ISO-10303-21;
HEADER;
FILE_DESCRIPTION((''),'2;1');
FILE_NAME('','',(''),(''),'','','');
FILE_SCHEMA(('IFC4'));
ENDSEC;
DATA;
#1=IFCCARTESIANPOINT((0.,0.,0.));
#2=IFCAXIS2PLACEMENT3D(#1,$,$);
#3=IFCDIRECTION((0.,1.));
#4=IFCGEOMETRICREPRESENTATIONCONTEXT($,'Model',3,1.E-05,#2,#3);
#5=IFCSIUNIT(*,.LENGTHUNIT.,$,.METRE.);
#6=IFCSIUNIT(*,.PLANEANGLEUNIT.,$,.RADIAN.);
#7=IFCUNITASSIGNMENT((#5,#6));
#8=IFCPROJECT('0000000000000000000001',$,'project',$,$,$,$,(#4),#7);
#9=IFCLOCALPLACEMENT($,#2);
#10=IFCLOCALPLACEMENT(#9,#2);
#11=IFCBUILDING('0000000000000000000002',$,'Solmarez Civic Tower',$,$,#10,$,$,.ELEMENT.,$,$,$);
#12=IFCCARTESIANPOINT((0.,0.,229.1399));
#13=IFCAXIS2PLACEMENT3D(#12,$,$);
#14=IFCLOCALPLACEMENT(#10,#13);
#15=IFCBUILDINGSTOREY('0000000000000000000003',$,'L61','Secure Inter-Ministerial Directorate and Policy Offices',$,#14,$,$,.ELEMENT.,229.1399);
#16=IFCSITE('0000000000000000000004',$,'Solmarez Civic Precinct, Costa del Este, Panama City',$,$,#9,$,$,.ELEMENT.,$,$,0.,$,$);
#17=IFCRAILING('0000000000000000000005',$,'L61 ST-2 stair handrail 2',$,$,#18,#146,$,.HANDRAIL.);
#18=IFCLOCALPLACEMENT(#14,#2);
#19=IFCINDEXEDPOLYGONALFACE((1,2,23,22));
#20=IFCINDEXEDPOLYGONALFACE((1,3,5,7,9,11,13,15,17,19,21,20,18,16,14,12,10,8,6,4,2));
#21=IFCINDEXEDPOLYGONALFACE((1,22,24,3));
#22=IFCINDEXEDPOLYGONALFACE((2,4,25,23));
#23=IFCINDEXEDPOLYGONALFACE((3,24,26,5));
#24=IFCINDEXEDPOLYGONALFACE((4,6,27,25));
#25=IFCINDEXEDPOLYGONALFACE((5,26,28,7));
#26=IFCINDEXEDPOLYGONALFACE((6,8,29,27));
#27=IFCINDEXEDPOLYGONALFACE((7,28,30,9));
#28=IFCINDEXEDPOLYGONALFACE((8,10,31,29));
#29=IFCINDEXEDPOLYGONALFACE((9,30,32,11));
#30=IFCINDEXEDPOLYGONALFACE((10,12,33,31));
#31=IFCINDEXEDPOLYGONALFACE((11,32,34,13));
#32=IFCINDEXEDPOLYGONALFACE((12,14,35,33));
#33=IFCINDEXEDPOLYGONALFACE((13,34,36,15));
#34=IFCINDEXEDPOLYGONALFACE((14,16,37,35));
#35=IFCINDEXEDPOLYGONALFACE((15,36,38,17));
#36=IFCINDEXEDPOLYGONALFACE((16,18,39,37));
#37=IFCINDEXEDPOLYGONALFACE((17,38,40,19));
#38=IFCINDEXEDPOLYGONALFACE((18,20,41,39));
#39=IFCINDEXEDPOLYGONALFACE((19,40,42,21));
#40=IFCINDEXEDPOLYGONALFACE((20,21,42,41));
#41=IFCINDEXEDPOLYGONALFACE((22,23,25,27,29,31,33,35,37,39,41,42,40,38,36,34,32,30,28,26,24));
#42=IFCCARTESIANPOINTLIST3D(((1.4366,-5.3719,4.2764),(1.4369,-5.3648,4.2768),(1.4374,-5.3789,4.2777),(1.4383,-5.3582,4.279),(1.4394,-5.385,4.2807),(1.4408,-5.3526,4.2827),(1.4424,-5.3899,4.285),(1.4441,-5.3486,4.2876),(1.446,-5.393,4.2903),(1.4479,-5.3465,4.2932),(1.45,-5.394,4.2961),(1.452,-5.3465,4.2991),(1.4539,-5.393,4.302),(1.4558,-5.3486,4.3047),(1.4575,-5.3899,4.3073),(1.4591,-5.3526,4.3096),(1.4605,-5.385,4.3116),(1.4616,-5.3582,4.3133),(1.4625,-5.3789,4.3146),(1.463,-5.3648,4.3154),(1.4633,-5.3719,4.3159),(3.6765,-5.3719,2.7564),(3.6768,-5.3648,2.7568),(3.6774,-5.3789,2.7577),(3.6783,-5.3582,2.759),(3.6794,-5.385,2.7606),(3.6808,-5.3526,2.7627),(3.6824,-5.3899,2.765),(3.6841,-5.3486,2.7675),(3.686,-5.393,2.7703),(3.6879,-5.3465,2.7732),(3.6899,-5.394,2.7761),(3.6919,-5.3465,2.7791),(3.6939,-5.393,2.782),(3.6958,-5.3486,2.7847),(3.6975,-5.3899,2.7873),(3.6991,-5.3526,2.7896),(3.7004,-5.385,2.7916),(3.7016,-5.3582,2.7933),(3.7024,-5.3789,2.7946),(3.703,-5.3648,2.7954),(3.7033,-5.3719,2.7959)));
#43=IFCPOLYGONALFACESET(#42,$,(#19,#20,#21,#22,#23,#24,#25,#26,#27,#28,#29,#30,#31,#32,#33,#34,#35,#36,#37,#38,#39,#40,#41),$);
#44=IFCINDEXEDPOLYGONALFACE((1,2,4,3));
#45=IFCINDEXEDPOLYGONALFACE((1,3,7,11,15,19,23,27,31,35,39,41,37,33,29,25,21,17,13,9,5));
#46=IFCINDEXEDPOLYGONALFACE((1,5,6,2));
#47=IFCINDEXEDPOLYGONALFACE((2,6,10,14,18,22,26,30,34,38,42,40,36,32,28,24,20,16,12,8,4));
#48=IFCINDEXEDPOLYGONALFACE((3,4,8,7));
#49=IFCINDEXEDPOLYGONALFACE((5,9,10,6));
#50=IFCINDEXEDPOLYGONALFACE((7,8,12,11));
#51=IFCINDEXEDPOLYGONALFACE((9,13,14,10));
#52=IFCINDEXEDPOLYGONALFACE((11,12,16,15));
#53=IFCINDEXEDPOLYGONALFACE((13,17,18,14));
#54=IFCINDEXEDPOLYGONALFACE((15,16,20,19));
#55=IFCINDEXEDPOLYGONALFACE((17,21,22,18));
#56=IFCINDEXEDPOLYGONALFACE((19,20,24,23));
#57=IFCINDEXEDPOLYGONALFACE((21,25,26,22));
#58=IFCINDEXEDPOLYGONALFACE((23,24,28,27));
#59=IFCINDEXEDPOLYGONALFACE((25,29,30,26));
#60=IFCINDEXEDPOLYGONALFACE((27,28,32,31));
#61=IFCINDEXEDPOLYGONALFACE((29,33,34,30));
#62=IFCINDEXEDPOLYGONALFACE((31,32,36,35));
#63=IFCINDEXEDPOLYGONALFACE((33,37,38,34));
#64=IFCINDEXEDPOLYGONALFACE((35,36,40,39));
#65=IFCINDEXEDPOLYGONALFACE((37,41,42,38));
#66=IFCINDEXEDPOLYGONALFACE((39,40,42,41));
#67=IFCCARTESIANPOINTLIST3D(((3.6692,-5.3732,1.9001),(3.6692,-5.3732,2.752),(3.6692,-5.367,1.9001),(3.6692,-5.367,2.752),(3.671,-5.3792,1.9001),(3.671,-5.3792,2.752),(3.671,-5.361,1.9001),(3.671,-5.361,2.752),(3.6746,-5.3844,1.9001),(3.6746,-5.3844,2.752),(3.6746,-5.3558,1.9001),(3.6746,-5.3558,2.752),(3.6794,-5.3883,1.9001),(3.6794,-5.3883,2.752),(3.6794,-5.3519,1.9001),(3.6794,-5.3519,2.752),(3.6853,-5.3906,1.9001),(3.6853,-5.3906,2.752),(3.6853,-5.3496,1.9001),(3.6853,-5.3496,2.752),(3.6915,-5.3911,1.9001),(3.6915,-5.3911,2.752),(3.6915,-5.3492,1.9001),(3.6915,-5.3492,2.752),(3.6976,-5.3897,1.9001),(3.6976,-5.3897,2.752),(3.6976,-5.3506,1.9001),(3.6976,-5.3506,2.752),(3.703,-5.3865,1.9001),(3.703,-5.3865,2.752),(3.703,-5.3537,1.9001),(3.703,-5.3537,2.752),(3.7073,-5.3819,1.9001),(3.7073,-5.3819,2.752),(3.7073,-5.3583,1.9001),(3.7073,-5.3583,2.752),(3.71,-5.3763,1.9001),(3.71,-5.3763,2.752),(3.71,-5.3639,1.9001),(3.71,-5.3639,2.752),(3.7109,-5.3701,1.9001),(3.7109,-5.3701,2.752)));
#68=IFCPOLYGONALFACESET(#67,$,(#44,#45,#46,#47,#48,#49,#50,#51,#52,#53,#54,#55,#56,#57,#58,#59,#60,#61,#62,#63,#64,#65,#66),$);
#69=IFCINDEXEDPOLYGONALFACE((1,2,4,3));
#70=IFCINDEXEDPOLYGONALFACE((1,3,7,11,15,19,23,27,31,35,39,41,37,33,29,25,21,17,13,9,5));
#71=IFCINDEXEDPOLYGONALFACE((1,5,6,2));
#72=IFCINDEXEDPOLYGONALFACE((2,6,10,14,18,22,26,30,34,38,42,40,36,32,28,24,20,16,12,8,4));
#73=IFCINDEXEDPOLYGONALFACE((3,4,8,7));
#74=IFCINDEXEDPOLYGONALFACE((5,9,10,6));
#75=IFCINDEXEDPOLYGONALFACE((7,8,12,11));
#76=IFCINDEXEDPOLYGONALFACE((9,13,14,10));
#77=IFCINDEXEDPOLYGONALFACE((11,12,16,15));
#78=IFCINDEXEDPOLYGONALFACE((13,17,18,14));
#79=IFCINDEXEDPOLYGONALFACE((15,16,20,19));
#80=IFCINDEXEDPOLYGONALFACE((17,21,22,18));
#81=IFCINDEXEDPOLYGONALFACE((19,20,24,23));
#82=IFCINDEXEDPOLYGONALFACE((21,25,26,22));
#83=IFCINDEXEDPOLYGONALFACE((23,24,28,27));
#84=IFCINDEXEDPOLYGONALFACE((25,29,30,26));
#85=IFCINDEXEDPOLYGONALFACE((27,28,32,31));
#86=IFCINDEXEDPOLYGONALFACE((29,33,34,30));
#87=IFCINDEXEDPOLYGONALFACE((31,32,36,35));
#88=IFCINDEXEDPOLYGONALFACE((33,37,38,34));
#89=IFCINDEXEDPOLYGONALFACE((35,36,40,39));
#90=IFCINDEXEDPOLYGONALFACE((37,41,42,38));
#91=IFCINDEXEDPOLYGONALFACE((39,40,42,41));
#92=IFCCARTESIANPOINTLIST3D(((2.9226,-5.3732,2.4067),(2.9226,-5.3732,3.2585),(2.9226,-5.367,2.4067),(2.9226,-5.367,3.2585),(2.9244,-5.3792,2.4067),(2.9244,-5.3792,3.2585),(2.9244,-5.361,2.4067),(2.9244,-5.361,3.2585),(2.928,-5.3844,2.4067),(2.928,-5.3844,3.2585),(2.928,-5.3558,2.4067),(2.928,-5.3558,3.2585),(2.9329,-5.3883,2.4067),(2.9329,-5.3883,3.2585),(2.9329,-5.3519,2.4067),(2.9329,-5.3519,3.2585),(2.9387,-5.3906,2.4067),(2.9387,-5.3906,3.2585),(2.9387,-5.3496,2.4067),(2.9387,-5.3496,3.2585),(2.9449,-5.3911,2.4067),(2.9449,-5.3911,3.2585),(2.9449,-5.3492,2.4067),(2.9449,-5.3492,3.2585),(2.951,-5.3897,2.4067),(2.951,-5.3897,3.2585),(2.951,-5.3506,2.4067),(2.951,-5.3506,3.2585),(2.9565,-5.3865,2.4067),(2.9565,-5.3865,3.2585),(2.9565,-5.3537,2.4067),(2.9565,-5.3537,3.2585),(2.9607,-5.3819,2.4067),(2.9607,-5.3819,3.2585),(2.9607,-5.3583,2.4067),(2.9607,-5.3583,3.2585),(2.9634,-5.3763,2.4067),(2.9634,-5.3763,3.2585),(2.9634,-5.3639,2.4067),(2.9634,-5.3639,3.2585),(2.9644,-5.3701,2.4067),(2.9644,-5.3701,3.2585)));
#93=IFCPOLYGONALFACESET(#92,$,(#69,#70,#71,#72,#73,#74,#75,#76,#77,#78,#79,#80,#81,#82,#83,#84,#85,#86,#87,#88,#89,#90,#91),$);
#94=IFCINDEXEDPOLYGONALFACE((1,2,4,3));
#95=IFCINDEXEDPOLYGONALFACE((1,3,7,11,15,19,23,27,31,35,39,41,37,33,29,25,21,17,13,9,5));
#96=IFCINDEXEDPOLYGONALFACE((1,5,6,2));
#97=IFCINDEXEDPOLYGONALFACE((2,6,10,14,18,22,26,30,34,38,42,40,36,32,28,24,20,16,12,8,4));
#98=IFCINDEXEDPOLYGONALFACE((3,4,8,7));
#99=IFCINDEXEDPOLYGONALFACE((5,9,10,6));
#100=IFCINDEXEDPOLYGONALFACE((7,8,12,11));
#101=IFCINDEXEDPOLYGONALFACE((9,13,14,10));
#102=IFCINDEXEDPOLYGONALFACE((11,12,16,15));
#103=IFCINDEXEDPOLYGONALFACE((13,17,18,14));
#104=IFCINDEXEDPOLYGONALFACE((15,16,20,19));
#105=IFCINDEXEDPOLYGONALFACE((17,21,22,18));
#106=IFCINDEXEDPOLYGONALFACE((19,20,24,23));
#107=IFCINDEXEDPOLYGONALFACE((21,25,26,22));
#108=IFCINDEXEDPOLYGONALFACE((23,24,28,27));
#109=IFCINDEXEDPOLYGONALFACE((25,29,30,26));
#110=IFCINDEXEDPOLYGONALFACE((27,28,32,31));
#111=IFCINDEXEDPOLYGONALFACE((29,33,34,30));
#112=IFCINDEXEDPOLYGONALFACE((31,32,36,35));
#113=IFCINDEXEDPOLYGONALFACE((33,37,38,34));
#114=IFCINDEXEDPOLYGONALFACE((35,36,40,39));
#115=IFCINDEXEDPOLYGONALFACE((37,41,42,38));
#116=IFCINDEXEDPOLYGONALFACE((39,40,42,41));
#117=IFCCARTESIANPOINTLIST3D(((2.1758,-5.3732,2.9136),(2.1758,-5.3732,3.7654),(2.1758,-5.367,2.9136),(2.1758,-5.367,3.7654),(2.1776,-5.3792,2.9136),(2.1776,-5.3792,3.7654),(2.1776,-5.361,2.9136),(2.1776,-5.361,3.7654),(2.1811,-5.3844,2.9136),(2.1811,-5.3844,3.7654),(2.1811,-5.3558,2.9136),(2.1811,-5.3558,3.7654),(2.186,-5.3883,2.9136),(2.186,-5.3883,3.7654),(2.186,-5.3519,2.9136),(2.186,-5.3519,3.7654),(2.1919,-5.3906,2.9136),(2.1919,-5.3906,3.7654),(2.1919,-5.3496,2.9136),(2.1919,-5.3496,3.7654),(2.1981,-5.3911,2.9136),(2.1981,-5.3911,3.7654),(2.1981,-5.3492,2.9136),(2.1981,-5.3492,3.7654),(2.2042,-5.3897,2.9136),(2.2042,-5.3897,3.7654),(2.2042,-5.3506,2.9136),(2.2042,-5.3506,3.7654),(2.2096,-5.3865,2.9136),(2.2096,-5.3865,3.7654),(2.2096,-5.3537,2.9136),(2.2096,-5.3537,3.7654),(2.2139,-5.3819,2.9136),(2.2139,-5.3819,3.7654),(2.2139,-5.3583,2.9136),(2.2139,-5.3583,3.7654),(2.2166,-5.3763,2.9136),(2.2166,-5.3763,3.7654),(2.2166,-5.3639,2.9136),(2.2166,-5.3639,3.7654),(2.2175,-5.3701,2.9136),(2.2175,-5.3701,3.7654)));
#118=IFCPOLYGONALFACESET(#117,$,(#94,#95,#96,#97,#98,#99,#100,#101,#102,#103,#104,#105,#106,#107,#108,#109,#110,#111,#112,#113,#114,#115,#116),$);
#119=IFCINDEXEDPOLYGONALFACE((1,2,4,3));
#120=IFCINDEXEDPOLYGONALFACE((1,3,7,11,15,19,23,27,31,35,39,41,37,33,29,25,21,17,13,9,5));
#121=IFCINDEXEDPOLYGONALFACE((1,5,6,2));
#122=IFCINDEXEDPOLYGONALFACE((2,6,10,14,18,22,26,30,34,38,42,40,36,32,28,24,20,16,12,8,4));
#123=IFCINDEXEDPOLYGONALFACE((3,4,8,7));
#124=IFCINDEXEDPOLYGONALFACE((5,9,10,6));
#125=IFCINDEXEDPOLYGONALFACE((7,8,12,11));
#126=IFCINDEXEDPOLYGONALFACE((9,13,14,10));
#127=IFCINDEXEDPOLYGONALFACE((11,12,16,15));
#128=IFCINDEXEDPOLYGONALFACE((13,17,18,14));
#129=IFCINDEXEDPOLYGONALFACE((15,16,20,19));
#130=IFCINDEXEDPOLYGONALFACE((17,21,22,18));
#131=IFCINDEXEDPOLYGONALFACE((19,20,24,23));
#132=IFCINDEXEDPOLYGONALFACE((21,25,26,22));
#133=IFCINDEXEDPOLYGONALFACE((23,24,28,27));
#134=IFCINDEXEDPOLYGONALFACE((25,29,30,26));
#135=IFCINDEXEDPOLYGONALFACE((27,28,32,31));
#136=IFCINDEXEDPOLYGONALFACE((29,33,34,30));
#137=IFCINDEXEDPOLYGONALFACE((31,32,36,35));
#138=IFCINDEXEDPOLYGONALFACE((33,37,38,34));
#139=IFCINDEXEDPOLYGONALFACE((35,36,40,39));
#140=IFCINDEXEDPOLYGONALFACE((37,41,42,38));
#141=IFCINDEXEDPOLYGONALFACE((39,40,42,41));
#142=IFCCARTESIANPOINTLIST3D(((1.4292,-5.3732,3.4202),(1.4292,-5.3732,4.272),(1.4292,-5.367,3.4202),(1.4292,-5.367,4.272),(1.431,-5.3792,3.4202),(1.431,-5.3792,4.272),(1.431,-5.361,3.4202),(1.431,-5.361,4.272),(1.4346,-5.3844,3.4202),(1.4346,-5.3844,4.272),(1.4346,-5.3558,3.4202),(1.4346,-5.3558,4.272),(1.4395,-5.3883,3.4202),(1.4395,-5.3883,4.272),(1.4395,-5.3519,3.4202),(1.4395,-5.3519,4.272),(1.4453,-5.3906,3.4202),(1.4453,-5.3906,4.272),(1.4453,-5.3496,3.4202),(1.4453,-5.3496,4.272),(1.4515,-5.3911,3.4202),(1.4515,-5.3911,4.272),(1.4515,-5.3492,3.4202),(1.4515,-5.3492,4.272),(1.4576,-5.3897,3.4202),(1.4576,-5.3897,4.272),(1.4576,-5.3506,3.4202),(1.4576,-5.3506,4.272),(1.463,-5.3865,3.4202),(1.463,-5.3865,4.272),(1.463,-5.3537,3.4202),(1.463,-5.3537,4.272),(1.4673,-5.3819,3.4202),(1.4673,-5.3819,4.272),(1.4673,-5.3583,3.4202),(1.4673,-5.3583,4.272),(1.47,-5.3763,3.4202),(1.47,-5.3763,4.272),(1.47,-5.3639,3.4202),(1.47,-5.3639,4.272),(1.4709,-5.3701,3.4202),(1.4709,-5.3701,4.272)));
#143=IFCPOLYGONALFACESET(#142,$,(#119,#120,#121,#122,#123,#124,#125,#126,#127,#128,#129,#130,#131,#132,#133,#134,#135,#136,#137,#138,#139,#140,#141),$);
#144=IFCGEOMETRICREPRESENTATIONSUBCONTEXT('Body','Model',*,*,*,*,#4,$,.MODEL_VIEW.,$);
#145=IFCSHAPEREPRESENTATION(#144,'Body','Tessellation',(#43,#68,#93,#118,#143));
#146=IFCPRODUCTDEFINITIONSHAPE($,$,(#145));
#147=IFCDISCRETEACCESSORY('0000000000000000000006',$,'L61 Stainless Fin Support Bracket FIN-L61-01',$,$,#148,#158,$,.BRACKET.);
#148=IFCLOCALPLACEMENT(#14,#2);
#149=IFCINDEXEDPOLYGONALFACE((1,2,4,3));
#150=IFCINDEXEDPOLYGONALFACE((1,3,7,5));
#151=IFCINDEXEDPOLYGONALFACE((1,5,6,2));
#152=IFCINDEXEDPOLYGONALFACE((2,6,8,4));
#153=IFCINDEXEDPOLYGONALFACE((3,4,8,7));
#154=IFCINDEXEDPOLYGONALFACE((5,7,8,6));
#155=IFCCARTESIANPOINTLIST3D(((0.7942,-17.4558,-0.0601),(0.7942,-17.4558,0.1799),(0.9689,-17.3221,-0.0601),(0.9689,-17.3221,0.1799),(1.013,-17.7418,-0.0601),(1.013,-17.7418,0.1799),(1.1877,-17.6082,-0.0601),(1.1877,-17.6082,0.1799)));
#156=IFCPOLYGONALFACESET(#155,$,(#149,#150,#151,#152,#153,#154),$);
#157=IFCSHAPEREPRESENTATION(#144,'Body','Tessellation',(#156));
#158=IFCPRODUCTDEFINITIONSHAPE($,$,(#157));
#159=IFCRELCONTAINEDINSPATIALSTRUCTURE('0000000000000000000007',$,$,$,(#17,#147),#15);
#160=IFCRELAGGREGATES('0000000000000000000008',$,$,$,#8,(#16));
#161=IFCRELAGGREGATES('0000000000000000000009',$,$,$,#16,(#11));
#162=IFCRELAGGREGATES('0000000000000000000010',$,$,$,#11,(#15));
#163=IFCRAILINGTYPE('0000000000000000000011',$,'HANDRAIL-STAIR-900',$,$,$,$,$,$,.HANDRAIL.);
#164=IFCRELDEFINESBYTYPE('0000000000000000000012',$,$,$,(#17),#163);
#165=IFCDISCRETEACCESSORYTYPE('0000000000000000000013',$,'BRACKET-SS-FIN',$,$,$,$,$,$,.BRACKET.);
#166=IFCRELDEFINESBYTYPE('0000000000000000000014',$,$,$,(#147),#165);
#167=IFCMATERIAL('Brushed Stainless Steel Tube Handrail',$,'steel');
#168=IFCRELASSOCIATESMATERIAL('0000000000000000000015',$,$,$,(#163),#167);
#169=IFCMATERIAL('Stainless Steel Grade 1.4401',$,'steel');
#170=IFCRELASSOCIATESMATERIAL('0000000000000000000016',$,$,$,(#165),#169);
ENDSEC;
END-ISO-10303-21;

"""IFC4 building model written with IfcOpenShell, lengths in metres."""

from ifc_helpers import new_model, si_unit, direction, frame, origin, origin_2d, place, context, subcontext, project, spatial, rectangle, circle, extrude, material, type_object, element, save


model = new_model("IFC4")

# Units and contexts
model_context = context("Model", 3, precision=1e-05, world=origin(), true_north=direction((0.0, 1.0)))
body_context = subcontext(model_context, "Body", "Model", "MODEL_VIEW")
ifc_project = project(units=[si_unit("LENGTHUNIT", "METRE"), si_unit("PLANEANGLEUNIT", "RADIAN")], contexts=[model_context])

# Site, building, storey
site_placement = place(None, origin())
site = spatial("IfcSite", under=ifc_project, at=site_placement, Name="Solmarez Civic Precinct, Costa del Este, Panama City", CompositionType="ELEMENT", RefElevation=0.0)
building_placement = place(site_placement, origin())
building = spatial("IfcBuilding", under=site, at=building_placement, Name="Solmarez Civic Tower", CompositionType="ELEMENT")
storey_placement = place(building_placement, frame((0.0, 0.0, 229.1399)))
storey = spatial("IfcBuildingStorey", under=building, at=storey_placement, Name="L61", Description="Secure Inter-Ministerial Directorate and Policy Offices", CompositionType="ELEMENT", Elevation=229.1399)

# Railing
ifc_material_1 = material(Name="Brushed Stainless Steel Tube Handrail", Category="steel")
railing_type_1 = type_object("IfcRailingType", Name="HANDRAIL-STAIR-900", PredefinedType="HANDRAIL", material=ifc_material_1)
railing_1_placement = place(storey_placement, frame((3.6899, -5.3701, 1.9001)))
element("IfcRailing", 1, at=railing_1_placement, inside=storey, type_object=railing_type_1, Name="L61 ST-2 stair handrail 2", PredefinedType="HANDRAIL", context=body_context, shape_type="SweptSolid", body=[
    extrude(circle(Radius=0.0239, at=origin_2d()), frame((0.0, 0.0, 0.876), z_axis=(-0.827471, 0.0, 0.561508), x_axis=(0.0, -1.0, 0.0)), (0.0, 0.0, 1.0), 2.707),
    extrude(circle(Radius=0.021, at=origin_2d()), origin(), (0.0, 0.0, 1.0), 0.8518),
    extrude(circle(Radius=0.021, at=origin_2d()), frame((-0.7466, 0.0, 0.5066)), (0.0, 0.0, 1.0), 0.8518),
    extrude(circle(Radius=0.021, at=origin_2d()), frame((-1.4934, 0.0, 1.0134)), (0.0, 0.0, 1.0), 0.8518),
    extrude(circle(Radius=0.021, at=origin_2d()), frame((-2.24, 0.0, 1.52)), (0.0, 0.0, 1.0), 0.8518),
])

# Discrete accessory
ifc_material_2 = material(Name="Stainless Steel Grade 1.4401", Category="steel")
discrete_accessory_type = type_object("IfcDiscreteAccessoryType", Name="BRACKET-SS-FIN", PredefinedType="BRACKET", material=ifc_material_2)
discrete_accessory_placement = place(storey_placement, frame((0.991, -17.532, -0.0601), z_axis=(0.0, 0.0, 1.0), x_axis=(0.607505, -0.794316, 0.0)))
element("IfcDiscreteAccessory", 2, at=discrete_accessory_placement, inside=storey, type_object=discrete_accessory_type, Name="L61 Stainless Fin Support Bracket FIN-L61-01", PredefinedType="BRACKET", context=body_context, shape_type="SweptSolid", body=[
    extrude(rectangle(XDim=0.3601, YDim=0.22, at=origin_2d()), origin(), (0.0, 0.0, 1.0), 0.24),
])

save(model, "model.ifc")
